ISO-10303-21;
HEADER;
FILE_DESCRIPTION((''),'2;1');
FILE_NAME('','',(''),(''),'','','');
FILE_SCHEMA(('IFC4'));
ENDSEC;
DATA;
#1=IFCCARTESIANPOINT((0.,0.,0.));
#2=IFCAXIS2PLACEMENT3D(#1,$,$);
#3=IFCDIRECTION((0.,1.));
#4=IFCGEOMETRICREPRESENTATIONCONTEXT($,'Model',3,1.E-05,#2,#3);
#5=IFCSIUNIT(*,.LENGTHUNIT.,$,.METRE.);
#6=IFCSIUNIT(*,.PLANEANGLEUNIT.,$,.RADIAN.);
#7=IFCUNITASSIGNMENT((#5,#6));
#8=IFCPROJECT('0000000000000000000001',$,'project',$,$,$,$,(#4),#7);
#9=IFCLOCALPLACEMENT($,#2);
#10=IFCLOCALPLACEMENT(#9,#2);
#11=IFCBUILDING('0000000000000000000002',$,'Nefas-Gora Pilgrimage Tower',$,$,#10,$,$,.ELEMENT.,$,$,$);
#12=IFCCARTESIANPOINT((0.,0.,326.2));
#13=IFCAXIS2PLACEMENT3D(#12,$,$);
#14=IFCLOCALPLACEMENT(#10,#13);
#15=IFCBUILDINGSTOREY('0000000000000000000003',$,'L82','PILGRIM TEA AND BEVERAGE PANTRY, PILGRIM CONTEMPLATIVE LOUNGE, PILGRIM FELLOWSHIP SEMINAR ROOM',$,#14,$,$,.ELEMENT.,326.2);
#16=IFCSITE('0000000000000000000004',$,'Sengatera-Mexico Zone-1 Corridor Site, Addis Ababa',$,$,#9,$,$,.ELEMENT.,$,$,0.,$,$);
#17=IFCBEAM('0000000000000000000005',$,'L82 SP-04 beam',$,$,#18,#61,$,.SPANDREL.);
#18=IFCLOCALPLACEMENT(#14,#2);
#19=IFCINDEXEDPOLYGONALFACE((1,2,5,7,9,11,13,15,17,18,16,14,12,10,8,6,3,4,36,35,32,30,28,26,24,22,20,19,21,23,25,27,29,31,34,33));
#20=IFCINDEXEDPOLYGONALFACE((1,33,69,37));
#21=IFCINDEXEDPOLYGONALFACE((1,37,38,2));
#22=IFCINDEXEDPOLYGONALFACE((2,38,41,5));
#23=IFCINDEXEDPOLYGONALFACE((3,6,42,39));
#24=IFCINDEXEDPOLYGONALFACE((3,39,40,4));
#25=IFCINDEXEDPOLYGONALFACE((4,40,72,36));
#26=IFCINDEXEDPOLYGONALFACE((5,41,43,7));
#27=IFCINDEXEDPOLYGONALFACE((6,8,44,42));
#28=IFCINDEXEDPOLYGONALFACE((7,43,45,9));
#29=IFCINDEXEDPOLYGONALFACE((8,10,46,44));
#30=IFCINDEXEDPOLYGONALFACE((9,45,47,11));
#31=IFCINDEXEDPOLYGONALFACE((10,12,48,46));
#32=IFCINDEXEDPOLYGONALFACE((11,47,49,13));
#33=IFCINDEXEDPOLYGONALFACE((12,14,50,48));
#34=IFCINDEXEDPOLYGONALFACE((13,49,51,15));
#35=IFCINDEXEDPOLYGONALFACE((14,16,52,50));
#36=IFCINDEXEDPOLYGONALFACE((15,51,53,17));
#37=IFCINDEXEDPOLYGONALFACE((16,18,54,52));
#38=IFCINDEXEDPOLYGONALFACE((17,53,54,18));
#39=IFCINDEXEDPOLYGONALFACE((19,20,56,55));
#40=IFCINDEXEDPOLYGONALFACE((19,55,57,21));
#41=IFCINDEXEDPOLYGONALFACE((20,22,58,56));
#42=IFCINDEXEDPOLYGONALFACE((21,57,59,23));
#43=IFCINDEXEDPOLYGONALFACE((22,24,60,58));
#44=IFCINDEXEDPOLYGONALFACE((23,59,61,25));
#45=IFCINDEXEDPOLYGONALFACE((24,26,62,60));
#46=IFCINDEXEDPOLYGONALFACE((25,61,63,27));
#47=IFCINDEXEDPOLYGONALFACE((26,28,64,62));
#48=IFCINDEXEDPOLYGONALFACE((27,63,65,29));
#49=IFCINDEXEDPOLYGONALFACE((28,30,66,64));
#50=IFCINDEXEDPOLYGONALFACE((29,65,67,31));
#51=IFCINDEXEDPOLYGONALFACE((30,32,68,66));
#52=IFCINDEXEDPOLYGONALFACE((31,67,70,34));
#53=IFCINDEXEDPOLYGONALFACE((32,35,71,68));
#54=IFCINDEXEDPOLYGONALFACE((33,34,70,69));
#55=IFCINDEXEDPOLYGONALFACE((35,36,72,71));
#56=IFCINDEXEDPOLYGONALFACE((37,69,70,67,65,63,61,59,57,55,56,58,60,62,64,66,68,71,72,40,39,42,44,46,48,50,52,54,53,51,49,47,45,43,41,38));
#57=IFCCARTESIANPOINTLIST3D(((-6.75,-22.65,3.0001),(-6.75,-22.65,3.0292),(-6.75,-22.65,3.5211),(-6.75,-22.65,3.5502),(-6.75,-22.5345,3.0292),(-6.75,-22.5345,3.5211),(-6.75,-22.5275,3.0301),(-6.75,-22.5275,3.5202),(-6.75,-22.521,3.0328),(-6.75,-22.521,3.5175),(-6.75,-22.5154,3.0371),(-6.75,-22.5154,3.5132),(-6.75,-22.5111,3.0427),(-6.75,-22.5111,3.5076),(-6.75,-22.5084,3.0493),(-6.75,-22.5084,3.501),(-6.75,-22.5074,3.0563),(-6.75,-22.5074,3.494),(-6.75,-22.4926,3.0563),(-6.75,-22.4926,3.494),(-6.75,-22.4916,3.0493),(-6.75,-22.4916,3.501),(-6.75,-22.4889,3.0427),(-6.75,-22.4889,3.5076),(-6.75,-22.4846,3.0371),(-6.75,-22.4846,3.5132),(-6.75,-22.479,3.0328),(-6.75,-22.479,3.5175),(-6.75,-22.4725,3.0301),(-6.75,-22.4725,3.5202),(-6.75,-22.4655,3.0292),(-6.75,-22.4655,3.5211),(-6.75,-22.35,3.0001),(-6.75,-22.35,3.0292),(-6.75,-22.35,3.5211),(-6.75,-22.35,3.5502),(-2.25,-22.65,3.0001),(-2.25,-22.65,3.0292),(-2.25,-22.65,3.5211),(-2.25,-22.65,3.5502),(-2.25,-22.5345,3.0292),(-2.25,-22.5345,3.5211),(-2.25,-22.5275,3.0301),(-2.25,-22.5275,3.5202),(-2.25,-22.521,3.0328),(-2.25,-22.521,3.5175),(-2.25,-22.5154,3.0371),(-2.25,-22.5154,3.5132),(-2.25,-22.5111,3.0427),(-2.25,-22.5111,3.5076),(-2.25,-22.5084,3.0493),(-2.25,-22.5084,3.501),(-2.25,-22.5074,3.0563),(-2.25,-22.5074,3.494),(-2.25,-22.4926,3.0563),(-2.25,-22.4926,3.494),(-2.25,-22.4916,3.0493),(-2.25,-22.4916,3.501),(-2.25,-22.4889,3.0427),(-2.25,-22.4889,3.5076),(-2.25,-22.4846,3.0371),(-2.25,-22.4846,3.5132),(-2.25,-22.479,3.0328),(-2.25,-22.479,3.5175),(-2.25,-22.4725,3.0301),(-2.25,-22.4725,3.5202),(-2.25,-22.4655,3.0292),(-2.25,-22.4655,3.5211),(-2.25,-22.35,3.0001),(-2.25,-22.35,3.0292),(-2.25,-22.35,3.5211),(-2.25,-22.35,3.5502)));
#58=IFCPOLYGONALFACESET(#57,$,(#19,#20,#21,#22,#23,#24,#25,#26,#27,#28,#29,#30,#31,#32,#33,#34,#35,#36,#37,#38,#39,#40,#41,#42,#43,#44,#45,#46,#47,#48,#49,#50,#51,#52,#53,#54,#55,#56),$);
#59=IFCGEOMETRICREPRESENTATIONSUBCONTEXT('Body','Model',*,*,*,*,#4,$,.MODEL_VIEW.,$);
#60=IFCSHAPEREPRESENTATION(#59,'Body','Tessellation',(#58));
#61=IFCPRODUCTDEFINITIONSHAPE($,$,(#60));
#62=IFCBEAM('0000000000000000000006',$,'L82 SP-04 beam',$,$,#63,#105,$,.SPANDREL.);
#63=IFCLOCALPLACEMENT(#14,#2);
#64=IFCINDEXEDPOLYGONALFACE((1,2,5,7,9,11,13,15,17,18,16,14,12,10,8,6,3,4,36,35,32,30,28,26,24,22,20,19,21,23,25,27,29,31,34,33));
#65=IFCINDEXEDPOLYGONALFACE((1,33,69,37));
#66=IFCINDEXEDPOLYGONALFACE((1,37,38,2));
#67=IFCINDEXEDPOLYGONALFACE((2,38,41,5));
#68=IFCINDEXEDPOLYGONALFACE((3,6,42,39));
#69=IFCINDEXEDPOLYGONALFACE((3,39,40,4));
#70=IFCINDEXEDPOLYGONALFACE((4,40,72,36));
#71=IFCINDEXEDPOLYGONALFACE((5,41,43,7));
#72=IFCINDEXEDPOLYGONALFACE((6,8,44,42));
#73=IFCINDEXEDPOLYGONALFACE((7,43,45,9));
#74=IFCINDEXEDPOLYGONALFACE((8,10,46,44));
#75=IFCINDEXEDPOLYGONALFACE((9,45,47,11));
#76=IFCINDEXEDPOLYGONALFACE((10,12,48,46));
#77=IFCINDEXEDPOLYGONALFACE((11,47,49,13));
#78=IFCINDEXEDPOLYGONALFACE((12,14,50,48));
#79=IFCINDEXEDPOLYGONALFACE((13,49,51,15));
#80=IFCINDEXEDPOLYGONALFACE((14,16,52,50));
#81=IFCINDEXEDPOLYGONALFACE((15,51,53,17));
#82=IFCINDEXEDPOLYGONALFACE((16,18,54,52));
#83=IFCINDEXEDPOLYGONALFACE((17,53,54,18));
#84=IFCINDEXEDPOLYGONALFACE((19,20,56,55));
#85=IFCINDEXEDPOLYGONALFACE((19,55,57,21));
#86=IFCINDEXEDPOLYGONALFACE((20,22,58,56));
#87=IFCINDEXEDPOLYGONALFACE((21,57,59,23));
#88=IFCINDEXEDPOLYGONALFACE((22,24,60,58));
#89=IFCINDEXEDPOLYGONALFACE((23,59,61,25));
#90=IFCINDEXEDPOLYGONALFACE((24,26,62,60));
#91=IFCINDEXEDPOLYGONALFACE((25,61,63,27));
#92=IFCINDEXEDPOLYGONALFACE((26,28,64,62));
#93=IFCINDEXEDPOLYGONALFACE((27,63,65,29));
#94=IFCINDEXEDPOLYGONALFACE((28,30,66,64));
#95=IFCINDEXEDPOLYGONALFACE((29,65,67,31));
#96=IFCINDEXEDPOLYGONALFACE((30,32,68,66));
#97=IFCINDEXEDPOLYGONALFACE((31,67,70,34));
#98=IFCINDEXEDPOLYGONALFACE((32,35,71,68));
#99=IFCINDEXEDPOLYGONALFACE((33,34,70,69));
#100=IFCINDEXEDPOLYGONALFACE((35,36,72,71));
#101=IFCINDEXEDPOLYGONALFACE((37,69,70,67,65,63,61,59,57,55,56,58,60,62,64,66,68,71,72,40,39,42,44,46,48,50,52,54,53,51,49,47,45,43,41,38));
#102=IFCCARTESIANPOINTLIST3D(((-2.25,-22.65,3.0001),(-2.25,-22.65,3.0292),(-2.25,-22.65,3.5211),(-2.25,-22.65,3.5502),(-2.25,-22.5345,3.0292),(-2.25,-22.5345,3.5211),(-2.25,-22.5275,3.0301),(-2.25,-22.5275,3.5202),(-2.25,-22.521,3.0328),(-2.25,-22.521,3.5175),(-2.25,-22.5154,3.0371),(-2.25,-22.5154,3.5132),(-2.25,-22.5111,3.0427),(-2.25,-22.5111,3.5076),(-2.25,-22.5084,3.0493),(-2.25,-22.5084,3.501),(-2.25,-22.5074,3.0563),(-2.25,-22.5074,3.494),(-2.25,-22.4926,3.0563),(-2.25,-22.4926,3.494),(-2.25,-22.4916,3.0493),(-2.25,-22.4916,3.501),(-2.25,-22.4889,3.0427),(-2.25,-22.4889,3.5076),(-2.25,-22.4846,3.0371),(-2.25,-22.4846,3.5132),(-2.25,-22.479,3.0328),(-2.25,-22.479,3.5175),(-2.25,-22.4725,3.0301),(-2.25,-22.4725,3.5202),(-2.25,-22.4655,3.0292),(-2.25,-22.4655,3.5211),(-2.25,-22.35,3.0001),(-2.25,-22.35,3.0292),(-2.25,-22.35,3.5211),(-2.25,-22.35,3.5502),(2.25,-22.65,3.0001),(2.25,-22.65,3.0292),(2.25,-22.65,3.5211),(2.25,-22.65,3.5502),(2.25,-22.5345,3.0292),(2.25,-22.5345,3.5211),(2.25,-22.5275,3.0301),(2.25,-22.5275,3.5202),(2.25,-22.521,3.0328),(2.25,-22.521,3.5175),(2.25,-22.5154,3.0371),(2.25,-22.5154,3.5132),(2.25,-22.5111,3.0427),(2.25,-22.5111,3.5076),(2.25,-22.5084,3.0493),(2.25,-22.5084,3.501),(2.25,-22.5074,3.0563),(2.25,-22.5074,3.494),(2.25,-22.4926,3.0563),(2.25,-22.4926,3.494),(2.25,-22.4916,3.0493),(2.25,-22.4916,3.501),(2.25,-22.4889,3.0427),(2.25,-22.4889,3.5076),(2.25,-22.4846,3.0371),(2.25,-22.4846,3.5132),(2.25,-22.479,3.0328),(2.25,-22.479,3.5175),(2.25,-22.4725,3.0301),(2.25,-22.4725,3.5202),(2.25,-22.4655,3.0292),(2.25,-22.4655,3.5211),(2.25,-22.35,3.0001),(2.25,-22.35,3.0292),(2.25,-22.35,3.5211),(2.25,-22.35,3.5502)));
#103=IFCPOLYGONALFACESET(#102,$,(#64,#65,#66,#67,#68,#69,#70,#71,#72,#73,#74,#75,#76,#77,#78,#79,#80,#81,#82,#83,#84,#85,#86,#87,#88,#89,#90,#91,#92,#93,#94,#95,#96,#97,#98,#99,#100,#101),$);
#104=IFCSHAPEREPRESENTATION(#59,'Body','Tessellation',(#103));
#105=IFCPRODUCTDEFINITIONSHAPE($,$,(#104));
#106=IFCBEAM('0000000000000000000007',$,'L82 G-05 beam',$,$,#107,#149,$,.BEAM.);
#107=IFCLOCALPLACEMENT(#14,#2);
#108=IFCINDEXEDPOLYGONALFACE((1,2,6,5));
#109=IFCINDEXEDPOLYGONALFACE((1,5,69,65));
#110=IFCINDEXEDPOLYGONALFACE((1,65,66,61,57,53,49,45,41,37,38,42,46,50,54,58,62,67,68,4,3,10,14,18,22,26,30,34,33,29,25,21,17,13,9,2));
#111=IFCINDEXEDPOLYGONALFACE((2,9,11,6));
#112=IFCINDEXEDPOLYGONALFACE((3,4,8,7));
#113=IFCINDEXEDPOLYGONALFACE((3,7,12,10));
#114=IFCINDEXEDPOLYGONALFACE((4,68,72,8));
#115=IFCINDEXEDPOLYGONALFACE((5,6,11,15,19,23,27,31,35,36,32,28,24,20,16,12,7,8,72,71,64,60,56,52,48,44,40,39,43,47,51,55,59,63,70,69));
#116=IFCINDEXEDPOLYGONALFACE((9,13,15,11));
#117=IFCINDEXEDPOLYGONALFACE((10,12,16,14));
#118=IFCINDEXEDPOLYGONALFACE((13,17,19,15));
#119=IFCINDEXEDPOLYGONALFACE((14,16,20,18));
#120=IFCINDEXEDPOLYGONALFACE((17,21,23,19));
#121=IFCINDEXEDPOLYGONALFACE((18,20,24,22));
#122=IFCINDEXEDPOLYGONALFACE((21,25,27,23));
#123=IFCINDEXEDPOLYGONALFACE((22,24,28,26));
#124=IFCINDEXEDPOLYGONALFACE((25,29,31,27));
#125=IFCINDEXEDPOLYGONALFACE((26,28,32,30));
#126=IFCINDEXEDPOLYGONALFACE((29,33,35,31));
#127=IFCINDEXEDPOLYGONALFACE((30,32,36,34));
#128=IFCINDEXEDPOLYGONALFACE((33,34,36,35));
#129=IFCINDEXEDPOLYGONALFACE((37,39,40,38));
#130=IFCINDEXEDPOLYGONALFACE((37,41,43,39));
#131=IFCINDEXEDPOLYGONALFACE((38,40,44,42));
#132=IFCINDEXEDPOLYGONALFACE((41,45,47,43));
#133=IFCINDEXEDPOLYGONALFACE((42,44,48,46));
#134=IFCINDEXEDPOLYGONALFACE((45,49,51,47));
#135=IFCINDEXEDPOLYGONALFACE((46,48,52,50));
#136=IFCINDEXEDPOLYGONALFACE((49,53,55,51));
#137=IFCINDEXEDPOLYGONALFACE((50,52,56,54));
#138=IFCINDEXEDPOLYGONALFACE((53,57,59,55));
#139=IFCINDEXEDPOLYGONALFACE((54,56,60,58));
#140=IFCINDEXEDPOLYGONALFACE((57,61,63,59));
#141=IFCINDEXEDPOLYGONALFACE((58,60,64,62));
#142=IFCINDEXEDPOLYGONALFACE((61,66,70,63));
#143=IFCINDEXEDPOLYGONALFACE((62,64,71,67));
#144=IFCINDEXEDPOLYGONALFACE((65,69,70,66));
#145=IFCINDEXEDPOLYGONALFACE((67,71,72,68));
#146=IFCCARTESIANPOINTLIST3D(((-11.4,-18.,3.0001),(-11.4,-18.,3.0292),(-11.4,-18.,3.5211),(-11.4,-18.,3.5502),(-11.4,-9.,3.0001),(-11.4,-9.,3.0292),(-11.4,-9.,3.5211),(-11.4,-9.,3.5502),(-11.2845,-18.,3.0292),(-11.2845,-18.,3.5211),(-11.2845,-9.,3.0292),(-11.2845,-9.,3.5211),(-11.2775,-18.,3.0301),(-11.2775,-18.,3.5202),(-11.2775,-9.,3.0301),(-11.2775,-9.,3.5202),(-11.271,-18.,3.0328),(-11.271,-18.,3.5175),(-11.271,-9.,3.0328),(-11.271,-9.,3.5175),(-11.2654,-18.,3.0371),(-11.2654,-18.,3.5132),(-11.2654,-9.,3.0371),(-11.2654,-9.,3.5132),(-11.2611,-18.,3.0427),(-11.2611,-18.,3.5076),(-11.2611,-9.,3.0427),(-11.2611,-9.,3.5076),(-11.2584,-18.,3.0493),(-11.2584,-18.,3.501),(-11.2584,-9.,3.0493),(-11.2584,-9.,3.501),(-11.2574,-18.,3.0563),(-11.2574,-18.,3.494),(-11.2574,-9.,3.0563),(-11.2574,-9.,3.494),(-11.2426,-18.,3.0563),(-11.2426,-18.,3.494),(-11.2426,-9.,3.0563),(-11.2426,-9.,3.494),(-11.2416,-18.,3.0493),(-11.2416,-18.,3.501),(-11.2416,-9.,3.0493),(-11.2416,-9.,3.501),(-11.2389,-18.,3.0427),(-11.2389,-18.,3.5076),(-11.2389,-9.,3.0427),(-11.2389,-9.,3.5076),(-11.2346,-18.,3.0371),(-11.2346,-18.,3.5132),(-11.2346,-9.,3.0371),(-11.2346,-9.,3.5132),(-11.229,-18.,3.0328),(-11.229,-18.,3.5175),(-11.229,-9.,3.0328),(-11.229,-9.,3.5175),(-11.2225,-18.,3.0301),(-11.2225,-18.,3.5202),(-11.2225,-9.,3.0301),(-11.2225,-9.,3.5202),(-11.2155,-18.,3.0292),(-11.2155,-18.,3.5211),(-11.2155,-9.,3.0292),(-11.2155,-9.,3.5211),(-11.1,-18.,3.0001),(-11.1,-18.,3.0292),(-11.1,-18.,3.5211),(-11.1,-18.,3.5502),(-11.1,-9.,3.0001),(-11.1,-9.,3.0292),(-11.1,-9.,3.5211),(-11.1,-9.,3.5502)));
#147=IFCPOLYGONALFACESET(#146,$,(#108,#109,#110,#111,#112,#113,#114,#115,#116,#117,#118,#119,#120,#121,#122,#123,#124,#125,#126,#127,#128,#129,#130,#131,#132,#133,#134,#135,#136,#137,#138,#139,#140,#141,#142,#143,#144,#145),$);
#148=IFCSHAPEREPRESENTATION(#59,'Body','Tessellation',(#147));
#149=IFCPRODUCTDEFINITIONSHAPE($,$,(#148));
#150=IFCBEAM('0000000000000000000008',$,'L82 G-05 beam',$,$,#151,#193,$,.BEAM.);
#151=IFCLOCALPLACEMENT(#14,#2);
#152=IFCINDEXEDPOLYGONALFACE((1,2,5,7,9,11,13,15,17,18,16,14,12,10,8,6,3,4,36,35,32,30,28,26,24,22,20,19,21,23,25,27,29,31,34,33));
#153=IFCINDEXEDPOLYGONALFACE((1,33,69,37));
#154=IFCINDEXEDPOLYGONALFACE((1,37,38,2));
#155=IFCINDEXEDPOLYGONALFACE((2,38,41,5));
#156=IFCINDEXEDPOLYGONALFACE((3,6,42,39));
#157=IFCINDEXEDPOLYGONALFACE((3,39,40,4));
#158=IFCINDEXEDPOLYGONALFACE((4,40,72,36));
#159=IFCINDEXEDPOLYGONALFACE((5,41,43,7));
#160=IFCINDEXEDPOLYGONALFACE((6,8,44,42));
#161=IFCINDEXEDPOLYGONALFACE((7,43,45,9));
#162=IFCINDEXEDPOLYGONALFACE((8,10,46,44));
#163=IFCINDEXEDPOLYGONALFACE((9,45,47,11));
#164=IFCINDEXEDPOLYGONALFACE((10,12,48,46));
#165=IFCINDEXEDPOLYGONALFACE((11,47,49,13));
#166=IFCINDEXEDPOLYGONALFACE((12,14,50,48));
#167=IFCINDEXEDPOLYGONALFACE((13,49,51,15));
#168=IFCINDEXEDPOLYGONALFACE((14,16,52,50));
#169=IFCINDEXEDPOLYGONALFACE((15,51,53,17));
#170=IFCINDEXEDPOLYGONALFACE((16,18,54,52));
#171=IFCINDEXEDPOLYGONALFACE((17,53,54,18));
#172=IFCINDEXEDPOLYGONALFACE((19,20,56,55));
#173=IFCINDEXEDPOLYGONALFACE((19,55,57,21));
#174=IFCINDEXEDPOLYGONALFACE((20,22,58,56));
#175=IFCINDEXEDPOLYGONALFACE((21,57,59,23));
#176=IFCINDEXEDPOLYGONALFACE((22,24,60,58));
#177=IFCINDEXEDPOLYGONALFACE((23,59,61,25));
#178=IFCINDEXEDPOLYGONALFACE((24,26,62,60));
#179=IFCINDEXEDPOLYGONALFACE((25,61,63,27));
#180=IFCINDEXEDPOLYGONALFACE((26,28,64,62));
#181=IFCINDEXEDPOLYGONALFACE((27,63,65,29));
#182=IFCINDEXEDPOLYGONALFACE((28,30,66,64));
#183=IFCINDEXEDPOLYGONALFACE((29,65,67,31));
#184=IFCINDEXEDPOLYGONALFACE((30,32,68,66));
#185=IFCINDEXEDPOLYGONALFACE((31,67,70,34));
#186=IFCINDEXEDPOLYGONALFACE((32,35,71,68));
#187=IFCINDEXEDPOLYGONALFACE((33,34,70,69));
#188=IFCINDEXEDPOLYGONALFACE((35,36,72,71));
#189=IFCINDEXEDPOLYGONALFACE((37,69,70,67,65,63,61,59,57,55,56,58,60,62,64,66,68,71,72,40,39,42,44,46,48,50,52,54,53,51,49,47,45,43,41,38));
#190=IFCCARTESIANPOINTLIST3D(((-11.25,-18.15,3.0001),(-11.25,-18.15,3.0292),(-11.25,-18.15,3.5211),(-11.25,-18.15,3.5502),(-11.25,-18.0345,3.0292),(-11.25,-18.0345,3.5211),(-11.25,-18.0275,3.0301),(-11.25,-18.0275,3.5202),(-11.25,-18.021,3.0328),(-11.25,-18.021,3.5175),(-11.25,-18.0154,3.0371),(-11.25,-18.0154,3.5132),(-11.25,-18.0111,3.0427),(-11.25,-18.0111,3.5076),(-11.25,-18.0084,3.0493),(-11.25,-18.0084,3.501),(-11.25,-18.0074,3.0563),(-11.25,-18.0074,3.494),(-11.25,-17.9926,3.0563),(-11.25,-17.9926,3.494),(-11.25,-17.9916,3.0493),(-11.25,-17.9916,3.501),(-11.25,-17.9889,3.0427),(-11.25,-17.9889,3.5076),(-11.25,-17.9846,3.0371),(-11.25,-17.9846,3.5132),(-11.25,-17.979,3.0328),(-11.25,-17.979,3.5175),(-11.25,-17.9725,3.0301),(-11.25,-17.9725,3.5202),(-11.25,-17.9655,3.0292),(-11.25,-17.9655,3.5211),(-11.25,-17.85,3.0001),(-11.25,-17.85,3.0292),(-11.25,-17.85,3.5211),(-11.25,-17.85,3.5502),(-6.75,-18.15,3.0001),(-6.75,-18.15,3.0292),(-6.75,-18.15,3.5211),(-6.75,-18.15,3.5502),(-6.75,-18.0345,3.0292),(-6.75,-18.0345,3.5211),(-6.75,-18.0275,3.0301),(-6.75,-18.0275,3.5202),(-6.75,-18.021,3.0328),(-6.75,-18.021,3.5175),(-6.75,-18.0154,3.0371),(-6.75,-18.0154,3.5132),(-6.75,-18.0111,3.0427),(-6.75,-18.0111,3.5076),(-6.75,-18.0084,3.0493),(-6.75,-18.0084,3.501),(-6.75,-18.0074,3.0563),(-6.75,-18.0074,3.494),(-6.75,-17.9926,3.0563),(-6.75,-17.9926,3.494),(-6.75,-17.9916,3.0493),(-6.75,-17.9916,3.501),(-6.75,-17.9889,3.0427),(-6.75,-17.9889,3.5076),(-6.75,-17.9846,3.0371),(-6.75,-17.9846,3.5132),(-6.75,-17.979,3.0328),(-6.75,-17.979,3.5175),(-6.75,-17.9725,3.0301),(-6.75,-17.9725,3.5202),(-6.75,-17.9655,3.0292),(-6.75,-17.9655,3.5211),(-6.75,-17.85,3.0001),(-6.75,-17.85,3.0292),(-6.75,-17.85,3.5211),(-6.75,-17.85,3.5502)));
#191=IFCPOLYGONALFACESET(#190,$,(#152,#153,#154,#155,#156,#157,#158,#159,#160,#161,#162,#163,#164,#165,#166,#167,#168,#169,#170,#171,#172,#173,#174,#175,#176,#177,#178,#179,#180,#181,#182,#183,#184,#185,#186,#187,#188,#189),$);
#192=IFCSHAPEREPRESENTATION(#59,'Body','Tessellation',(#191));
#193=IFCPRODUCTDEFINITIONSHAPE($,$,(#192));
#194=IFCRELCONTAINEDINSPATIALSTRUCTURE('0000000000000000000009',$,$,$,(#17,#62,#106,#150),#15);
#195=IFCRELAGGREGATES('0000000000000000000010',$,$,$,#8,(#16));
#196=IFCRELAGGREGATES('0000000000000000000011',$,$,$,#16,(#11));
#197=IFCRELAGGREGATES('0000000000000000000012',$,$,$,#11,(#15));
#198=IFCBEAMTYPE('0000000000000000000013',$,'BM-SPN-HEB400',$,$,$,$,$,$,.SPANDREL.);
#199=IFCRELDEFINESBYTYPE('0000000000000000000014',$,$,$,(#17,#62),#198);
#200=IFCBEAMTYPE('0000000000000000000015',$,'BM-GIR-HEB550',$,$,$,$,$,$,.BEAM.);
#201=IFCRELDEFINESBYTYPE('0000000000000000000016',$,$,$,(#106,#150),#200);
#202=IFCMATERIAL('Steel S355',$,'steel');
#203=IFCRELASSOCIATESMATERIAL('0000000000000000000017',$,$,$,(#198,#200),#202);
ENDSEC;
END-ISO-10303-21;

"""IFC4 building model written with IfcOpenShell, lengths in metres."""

from ifc_helpers import new_model, si_unit, direction, frame, origin, origin_2d, place, context, subcontext, project, spatial, i_section, extrude, source, transform, mapped, material, material_profile, profile_set, type_object, element, save


model = new_model("IFC4")

# Units and contexts
model_context = context("Model", 3, precision=1e-05, world=origin(), true_north=direction((0.0, 1.0)))
body_context = subcontext(model_context, "Body", "Model", "MODEL_VIEW")
ifc_project = project(units=[si_unit("LENGTHUNIT", "METRE"), si_unit("PLANEANGLEUNIT", "RADIAN")], contexts=[model_context])

# Site, building, storey
site_placement = place(None, origin())
site = spatial("IfcSite", under=ifc_project, at=site_placement, Name="Sengatera-Mexico Zone-1 Corridor Site, Addis Ababa", CompositionType="ELEMENT", RefElevation=0.0)
building_placement = place(site_placement, origin())
building = spatial("IfcBuilding", under=site, at=building_placement, Name="Nefas-Gora Pilgrimage Tower", CompositionType="ELEMENT")
storey_placement = place(building_placement, frame((0.0, 0.0, 326.2)))
storey = spatial("IfcBuildingStorey", under=building, at=storey_placement, Name="L82", Description="PILGRIM TEA AND BEVERAGE PANTRY, PILGRIM CONTEMPLATIVE LOUNGE, PILGRIM FELLOWSHIP SEMINAR ROOM", CompositionType="ELEMENT", Elevation=326.2)

# Shared definitions
ifc_material_1 = material(Name="Steel S355", Category="steel")

# Beams
ifc_material_profile_1 = material_profile(ifc_material_1, i_section(OverallWidth=0.3, OverallDepth=0.55, WebThickness=0.0149, FlangeThickness=0.0291, FilletRadius=0.0271, at=origin_2d()), Name="HEB 550")
ifc_profile_set_1 = profile_set([ifc_material_profile_1], Name="Steel S355")
beam_type_1 = type_object("IfcBeamType", Name="BM-SPN-HEB400", PredefinedType="SPANDREL", material=ifc_profile_set_1)
shared_shape_1 = source(origin(), body_context, "Body", "SweptSolid", [
    extrude(i_section(OverallWidth=0.3, OverallDepth=0.55, WebThickness=0.0149, FlangeThickness=0.0291, FilletRadius=0.0271, at=origin_2d()), origin(), (0.0, 0.0, 1.0), 4.5),
])
for number, where, z_axis, x_axis, name in (
    (1, (-6.75, -22.5, 3.2751), (1.0, 0.0, 0.0), (0.0, 1.0, 0.0), "L82 SP-04 beam"),
    (2, (-2.25, -22.5, 3.2751), (1.0, 0.0, 0.0), (0.0, 1.0, 0.0), "L82 SP-04 beam"),
):
    element("IfcBeam", number, at=place(storey_placement, frame(where, z_axis=z_axis, x_axis=x_axis)), inside=storey, type_object=beam_type_1, Name=name, PredefinedType="SPANDREL", context=body_context, shape_type="MappedRepresentation", body=[
        mapped(shared_shape_1, transform((0.0, 0.0, 0.0), x_axis=(1.0, 0.0, 0.0), y_axis=(0.0, 1.0, 0.0), z_axis=(0.0, 0.0, 1.0), scale=1.0)),
    ])
ifc_material_profile_2 = material_profile(ifc_material_1, i_section(OverallWidth=0.3, OverallDepth=0.55, WebThickness=0.0149, FlangeThickness=0.0291, FilletRadius=0.0271, at=origin_2d()), Name="HEB 550")
ifc_profile_set_2 = profile_set([ifc_material_profile_2], Name="Steel S355")
beam_type_2 = type_object("IfcBeamType", Name="BM-GIR-HEB550", PredefinedType="BEAM", material=ifc_profile_set_2)
shared_shape_2 = source(origin(), body_context, "Body", "SweptSolid", [
    extrude(i_section(OverallWidth=0.3, OverallDepth=0.55, WebThickness=0.0149, FlangeThickness=0.0291, FilletRadius=0.0271, at=origin_2d()), origin(), (0.0, 0.0, 1.0), 9.0),
])
beam_placement = place(storey_placement, frame((-11.25, -18.0, 3.2751), z_axis=(0.0, 1.0, 0.0), x_axis=(-1.0, 0.0, 0.0)))
element("IfcBeam", 3, at=beam_placement, inside=storey, type_object=beam_type_2, Name="L82 G-05 beam", PredefinedType="BEAM", context=body_context, shape_type="MappedRepresentation", body=[
    mapped(shared_shape_2, transform((0.0, 0.0, 0.0), x_axis=(1.0, 0.0, 0.0), y_axis=(0.0, 1.0, 0.0), z_axis=(0.0, 0.0, 1.0), scale=1.0)),
])
shared_shape_3 = source(origin(), body_context, "Body", "SweptSolid", [
    extrude(i_section(OverallWidth=0.3, OverallDepth=0.55, WebThickness=0.0149, FlangeThickness=0.0291, FilletRadius=0.0271, at=origin_2d()), origin(), (0.0, 0.0, 1.0), 4.5),
])
for number, where, z_axis, x_axis, name in (
    (4, (-11.25, -18.0, 3.2751), (1.0, 0.0, 0.0), (0.0, 1.0, 0.0), "L82 G-05 beam"),
):
    element("IfcBeam", number, at=place(storey_placement, frame(where, z_axis=z_axis, x_axis=x_axis)), inside=storey, type_object=beam_type_2, Name=name, PredefinedType="BEAM", context=body_context, shape_type="MappedRepresentation", body=[
        mapped(shared_shape_3, transform((0.0, 0.0, 0.0), x_axis=(1.0, 0.0, 0.0), y_axis=(0.0, 1.0, 0.0), z_axis=(0.0, 0.0, 1.0), scale=1.0)),
    ])

save(model, "model.ifc")
